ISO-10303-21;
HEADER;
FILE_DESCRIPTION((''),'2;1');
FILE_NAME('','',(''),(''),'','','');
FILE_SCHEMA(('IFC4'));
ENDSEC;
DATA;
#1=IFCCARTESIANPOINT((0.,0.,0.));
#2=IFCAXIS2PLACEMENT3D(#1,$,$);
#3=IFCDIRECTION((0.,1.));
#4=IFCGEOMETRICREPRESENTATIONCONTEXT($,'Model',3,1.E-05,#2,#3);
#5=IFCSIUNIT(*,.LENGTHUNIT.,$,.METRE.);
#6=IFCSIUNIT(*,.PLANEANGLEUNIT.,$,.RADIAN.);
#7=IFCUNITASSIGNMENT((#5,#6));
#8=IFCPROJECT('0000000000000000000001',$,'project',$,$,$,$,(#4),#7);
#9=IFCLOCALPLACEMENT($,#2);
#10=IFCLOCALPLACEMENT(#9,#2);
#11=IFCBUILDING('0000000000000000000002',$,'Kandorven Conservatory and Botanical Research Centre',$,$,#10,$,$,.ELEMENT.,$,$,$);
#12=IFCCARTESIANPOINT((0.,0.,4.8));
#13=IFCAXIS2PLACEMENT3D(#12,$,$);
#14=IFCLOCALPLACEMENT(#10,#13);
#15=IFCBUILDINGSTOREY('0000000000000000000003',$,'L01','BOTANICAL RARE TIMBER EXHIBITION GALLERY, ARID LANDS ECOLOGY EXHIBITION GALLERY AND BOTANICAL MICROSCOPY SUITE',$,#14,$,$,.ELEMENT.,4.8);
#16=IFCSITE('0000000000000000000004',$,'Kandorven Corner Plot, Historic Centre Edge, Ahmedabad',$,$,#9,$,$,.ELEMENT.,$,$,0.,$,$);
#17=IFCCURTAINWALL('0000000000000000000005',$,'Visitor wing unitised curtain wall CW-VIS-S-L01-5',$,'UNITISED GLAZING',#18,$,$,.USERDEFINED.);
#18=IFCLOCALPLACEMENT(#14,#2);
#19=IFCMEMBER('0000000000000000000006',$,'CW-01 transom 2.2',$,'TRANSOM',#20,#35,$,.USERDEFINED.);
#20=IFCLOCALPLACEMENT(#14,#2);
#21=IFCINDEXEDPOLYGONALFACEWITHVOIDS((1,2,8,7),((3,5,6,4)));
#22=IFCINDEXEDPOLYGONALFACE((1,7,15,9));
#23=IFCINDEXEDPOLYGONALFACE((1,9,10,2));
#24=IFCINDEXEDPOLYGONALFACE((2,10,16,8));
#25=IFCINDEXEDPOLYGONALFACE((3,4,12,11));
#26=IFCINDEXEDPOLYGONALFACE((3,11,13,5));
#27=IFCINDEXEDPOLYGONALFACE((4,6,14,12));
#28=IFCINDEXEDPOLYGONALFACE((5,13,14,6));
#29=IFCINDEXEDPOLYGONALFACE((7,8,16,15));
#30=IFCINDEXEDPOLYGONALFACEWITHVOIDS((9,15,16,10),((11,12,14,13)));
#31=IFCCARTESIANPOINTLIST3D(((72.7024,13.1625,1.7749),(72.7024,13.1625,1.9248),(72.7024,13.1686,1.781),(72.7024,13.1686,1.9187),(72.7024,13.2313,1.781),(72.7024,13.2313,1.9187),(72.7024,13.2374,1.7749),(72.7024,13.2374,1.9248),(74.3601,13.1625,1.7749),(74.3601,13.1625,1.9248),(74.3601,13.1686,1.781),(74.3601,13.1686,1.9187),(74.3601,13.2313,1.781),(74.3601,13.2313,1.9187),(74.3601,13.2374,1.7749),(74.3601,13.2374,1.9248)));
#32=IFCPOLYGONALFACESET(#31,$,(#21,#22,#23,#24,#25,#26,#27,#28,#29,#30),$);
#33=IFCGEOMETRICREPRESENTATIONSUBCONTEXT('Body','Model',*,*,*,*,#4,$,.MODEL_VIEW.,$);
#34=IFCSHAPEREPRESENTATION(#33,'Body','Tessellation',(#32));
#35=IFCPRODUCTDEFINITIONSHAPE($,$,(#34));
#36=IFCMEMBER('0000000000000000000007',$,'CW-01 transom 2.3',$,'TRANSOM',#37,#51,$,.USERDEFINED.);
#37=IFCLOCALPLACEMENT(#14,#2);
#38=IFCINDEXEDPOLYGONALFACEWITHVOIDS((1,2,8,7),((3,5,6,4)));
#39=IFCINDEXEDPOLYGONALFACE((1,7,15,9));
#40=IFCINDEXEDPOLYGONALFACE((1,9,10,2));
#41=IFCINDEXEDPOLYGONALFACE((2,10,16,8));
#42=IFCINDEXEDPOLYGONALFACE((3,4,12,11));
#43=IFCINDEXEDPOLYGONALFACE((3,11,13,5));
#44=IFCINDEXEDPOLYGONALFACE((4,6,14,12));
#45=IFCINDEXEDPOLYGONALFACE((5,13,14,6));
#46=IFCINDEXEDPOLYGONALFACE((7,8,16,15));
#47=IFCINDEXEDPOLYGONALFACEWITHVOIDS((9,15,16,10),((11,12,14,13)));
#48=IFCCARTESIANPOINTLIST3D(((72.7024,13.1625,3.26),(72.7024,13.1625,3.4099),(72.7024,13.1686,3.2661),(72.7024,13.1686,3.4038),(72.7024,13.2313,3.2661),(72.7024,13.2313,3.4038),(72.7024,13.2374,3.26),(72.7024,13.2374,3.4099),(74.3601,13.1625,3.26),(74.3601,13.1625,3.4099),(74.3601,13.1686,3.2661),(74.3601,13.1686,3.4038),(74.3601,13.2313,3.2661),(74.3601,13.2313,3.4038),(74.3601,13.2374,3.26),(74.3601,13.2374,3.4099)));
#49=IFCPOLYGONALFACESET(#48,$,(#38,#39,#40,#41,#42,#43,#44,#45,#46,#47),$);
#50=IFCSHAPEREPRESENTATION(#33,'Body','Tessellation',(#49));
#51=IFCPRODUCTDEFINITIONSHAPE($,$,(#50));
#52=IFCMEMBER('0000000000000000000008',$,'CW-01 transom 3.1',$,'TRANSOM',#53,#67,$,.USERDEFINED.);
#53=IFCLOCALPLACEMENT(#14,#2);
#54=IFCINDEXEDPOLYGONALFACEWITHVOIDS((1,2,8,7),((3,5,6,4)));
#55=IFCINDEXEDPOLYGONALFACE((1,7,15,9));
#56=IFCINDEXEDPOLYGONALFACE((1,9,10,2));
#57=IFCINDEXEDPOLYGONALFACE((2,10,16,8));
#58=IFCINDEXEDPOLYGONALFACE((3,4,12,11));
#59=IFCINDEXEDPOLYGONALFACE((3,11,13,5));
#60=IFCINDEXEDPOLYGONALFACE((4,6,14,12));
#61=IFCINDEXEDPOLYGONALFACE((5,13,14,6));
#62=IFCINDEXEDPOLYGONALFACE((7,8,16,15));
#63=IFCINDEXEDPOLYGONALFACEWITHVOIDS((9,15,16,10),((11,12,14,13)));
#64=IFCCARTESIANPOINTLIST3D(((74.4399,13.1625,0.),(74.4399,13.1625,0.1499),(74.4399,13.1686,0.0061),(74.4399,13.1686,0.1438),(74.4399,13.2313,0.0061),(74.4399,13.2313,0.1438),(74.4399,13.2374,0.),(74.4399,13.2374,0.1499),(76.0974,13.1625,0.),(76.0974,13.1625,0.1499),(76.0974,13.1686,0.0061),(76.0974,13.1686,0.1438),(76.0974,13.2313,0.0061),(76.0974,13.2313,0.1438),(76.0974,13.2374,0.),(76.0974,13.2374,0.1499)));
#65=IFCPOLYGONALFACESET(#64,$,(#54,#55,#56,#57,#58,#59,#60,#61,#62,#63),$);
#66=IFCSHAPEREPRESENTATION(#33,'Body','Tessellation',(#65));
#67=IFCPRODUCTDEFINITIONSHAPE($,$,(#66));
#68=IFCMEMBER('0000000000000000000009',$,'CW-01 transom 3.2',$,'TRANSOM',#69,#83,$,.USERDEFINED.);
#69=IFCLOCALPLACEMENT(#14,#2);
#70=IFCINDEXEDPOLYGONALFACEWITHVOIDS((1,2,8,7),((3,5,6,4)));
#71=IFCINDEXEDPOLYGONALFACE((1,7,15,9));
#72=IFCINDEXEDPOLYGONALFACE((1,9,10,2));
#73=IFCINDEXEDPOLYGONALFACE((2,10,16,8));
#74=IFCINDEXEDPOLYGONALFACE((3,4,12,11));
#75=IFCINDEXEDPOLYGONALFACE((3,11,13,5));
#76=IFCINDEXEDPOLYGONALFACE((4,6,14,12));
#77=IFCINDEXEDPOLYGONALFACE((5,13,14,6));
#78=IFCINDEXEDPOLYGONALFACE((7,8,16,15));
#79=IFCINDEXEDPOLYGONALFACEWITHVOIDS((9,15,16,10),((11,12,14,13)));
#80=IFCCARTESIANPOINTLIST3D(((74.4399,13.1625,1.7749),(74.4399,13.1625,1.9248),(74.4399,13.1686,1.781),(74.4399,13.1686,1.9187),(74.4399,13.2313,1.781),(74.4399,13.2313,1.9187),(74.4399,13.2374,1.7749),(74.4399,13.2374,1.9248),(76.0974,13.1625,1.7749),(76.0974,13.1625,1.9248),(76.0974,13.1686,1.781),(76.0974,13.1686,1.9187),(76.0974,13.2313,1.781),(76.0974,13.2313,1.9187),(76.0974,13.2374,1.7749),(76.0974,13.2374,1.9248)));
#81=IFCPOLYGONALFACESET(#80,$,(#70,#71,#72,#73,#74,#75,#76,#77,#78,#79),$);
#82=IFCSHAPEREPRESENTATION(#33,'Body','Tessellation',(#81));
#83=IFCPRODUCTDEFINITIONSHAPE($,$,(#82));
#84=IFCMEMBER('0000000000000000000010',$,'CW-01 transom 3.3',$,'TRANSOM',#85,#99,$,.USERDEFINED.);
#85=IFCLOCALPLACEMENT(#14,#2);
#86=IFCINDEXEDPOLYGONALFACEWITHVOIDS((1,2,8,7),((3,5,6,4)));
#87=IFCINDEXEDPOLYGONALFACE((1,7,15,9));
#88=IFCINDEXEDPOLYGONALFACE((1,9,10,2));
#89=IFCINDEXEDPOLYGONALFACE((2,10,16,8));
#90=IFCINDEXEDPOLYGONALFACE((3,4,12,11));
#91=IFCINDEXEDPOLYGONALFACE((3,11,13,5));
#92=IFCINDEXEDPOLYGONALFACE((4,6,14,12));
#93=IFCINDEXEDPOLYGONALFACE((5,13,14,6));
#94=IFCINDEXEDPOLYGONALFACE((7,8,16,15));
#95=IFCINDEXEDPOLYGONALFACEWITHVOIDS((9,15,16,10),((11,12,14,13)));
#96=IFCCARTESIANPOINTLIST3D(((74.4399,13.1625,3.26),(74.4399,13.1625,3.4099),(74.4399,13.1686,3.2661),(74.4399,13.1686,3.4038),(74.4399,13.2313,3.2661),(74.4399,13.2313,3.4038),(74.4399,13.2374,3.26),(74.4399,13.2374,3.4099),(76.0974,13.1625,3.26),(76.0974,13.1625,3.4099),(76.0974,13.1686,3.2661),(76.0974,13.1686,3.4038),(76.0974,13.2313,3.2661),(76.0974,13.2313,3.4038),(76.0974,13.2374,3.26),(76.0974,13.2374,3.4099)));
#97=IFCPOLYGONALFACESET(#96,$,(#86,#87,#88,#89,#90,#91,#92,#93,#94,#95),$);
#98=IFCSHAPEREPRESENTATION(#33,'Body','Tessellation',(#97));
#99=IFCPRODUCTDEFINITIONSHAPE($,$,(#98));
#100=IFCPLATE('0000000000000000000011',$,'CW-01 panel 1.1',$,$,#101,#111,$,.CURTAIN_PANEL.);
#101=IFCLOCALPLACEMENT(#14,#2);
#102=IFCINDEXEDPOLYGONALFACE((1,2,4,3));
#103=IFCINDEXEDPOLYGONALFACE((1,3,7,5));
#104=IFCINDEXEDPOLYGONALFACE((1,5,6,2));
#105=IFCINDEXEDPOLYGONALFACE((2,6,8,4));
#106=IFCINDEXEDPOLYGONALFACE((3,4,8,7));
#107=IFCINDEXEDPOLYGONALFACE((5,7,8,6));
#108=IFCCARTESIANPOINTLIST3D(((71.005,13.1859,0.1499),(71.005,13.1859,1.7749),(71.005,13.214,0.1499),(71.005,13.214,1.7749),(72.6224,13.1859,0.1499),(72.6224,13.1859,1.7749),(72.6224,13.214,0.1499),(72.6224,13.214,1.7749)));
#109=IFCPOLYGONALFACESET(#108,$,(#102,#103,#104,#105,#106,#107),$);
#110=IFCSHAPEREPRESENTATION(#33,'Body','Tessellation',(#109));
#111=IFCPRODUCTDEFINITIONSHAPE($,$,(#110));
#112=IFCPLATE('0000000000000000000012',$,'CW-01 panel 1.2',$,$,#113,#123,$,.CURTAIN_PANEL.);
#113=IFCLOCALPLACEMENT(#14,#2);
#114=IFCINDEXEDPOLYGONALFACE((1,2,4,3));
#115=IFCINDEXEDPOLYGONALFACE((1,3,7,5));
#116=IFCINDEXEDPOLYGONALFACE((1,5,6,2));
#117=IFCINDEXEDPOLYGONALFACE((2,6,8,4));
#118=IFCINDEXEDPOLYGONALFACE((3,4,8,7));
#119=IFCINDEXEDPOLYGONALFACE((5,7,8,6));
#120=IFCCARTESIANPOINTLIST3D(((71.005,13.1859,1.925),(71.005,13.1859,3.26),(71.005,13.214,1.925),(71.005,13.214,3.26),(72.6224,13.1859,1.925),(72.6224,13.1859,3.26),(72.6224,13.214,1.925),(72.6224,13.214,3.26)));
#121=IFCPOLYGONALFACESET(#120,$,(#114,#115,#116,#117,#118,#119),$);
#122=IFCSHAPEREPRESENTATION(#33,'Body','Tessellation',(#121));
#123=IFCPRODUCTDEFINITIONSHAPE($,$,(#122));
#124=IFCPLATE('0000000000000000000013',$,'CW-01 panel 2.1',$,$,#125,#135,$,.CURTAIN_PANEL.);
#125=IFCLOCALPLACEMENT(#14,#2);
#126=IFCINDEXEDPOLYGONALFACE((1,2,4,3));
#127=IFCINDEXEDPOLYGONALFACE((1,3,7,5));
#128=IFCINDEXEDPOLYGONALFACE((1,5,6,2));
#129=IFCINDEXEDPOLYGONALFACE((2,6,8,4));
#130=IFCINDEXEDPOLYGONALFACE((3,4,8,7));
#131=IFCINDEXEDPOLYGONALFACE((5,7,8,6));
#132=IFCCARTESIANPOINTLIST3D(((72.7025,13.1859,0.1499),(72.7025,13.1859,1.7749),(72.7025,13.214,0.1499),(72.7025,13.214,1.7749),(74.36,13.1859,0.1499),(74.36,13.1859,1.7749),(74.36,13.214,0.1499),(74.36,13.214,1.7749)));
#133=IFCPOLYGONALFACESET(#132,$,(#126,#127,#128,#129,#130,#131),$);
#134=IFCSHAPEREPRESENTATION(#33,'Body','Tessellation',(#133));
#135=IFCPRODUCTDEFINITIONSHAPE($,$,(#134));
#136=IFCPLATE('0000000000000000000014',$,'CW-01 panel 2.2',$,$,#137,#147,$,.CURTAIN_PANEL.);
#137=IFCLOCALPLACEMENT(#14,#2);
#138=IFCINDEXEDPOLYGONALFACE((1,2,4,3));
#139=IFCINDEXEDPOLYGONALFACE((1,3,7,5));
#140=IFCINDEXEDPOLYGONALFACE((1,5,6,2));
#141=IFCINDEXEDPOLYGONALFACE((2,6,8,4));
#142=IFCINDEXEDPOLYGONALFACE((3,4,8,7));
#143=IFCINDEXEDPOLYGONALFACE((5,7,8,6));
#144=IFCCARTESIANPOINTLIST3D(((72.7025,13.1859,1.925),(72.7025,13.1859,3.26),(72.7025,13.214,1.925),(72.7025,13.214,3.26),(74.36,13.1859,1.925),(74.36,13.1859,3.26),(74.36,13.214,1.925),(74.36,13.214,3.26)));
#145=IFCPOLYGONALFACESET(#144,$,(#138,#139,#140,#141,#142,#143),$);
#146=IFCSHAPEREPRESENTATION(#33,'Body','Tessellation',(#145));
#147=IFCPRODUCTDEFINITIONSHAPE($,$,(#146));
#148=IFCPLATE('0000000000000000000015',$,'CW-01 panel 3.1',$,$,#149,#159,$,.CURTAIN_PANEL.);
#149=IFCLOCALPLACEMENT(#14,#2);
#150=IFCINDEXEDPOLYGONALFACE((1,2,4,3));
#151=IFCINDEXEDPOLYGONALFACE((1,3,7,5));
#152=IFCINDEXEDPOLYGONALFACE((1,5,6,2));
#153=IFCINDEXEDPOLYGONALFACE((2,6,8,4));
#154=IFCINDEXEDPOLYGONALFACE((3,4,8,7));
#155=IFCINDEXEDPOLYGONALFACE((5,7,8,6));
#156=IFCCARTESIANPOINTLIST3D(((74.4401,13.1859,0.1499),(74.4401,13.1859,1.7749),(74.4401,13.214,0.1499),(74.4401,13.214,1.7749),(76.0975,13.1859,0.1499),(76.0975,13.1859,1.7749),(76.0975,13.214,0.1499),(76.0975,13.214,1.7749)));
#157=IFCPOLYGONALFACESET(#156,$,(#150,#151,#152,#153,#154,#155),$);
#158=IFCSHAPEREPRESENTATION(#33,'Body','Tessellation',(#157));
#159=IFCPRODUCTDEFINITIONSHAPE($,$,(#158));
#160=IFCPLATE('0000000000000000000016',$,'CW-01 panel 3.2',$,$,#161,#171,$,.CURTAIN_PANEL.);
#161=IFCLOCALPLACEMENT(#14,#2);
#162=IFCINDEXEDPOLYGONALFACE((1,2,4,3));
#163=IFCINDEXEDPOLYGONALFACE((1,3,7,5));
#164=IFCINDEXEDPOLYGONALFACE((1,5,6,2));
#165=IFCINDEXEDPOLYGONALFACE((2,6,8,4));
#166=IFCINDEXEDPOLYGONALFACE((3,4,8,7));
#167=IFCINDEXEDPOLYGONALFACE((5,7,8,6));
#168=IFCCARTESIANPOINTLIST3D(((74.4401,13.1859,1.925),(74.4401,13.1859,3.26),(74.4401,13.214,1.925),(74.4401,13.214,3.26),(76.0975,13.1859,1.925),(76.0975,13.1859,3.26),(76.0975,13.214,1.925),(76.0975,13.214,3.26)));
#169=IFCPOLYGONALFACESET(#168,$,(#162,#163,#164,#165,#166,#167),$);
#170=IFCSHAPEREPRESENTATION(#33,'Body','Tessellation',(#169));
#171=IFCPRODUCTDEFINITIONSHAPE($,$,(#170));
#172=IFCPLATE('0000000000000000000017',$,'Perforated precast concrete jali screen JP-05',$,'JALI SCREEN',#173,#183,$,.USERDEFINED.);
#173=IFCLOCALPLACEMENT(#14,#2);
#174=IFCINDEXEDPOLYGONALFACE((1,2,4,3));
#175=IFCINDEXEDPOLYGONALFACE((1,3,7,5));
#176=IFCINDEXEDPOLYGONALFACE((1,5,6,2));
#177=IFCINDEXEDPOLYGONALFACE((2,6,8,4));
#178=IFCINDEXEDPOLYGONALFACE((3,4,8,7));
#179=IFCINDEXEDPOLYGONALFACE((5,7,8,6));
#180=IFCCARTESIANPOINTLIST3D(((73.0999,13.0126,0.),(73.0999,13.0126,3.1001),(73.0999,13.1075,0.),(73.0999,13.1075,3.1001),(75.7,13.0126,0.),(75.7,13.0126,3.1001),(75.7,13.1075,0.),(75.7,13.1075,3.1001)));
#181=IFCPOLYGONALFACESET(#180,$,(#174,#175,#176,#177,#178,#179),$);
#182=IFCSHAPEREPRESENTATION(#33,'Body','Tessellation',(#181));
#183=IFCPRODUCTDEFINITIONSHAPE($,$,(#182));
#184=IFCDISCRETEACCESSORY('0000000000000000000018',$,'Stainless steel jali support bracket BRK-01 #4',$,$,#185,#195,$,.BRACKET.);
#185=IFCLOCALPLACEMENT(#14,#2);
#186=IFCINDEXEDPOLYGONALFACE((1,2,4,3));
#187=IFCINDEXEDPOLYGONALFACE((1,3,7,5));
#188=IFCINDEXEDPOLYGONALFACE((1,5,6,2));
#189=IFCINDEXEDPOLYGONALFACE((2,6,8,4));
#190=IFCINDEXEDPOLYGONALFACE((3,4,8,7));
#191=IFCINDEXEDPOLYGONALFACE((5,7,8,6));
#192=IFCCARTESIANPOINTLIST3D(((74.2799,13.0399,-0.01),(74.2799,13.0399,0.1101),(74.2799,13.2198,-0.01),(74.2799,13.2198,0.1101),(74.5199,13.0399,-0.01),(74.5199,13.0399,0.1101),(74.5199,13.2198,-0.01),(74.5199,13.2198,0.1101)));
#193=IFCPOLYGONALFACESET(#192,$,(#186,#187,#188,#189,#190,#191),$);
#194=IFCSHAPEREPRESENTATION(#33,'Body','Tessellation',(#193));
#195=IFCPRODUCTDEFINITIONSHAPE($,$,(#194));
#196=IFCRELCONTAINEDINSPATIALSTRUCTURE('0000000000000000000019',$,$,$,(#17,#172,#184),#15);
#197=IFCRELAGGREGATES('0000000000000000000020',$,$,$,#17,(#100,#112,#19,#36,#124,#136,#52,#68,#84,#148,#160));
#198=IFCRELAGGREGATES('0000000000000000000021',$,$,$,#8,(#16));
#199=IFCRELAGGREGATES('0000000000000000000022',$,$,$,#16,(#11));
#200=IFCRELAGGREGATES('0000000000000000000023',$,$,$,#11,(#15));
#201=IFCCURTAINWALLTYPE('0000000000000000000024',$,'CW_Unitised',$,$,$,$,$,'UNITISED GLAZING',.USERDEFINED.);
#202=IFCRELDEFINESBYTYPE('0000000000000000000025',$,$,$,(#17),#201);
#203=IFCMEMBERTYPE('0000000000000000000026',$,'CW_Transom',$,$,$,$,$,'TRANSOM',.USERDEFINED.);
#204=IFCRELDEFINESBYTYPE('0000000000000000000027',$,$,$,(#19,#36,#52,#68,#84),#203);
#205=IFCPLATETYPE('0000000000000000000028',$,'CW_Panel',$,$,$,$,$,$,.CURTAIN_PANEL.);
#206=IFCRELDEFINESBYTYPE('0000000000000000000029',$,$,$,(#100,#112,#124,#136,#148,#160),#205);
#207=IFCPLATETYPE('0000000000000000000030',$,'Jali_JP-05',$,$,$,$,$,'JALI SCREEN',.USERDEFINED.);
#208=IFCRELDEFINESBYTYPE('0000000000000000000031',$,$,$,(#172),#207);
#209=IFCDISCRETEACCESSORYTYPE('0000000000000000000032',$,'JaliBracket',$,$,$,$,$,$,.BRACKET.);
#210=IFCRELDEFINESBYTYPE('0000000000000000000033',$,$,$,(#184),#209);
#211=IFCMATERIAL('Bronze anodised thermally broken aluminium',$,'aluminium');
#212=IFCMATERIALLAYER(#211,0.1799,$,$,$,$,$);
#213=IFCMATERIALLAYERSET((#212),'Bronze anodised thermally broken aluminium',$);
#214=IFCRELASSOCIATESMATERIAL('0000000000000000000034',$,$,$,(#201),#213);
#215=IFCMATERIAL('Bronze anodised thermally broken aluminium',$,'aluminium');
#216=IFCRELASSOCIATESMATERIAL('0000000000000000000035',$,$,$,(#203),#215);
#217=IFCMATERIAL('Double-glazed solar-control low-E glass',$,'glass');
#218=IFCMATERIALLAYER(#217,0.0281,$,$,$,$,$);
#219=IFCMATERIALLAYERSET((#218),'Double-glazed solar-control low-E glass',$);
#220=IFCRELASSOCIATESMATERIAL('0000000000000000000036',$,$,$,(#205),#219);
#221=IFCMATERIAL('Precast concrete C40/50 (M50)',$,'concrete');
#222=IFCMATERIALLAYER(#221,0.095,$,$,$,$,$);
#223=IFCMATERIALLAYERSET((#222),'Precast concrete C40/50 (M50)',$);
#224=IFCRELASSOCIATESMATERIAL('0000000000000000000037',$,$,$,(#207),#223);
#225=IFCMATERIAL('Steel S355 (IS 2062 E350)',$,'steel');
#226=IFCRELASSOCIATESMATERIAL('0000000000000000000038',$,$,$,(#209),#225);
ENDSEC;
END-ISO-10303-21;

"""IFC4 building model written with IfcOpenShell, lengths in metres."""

from ifc_helpers import new_model, si_unit, direction, frame, origin, origin_2d, place, context, subcontext, project, spatial, rectangle, hollow_rectangle, extrude, material, layer, layer_set, material_profile, profile_set, type_object, element, aggregate, save


model = new_model("IFC4")

# Units and contexts
model_context = context("Model", 3, precision=1e-05, world=origin(), true_north=direction((0.0, 1.0)))
body_context = subcontext(model_context, "Body", "Model", "MODEL_VIEW")
ifc_project = project(units=[si_unit("LENGTHUNIT", "METRE"), si_unit("PLANEANGLEUNIT", "RADIAN")], contexts=[model_context])

# Site, building, storey
site_placement = place(None, origin())
site = spatial("IfcSite", under=ifc_project, at=site_placement, Name="Kandorven Corner Plot, Historic Centre Edge, Ahmedabad", CompositionType="ELEMENT", RefElevation=0.0)
building_placement = place(site_placement, origin())
building = spatial("IfcBuilding", under=site, at=building_placement, Name="Kandorven Conservatory and Botanical Research Centre", CompositionType="ELEMENT")
storey_placement = place(building_placement, frame((0.0, 0.0, 4.8)))
storey = spatial("IfcBuildingStorey", under=building, at=storey_placement, Name="L01", Description="BOTANICAL RARE TIMBER EXHIBITION GALLERY, ARID LANDS ECOLOGY EXHIBITION GALLERY AND BOTANICAL MICROSCOPY SUITE", CompositionType="ELEMENT", Elevation=4.8)

# Curtain wall, members, plates
ifc_material_1 = material(Name="Bronze anodised thermally broken aluminium", Category="aluminium")
ifc_layer_1 = layer(ifc_material_1, 0.1799)
ifc_layer_set_1 = layer_set([ifc_layer_1], Name="Bronze anodised thermally broken aluminium")
curtain_wall_type = type_object("IfcCurtainWallType", Name="CW_Unitised", ElementType="UNITISED GLAZING", PredefinedType="USERDEFINED", material=ifc_layer_set_1)
curtain_wall_placement = place(storey_placement, origin())
curtain_wall = element("IfcCurtainWall", 1, at=curtain_wall_placement, inside=storey, type_object=curtain_wall_type, Name="Visitor wing unitised curtain wall CW-VIS-S-L01-5", ObjectType="UNITISED GLAZING", PredefinedType="USERDEFINED")
ifc_material_2 = material(Name="Bronze anodised thermally broken aluminium", Category="aluminium")
ifc_material_profile_1 = material_profile(ifc_material_2, hollow_rectangle(XDim=0.075, YDim=0.1499, WallThickness=0.0061, at=origin_2d()))
ifc_profile_set_1 = profile_set([ifc_material_profile_1], Name="Bronze anodised thermally broken aluminium")
member_type_1 = type_object("IfcMemberType", Name="CW_Transom", ElementType="TRANSOM", PredefinedType="USERDEFINED", material=ifc_profile_set_1)
member_1_placement = place(storey_placement, frame((72.7024, 13.2, 1.8499), z_axis=(1.0, 0.0, 0.0), x_axis=(0.0, 1.0, 0.0)))
member_1 = element("IfcMember", 2, at=member_1_placement, type_object=member_type_1, Name="CW-01 transom 2.2", ObjectType="TRANSOM", PredefinedType="USERDEFINED", context=body_context, shape_type="SweptSolid", body=[
    extrude(hollow_rectangle(XDim=0.075, YDim=0.1499, WallThickness=0.0061, at=origin_2d()), origin(), (0.0, 0.0, 1.0), 1.6577),
])
member_2_placement = place(storey_placement, frame((72.7024, 13.2, 3.335), z_axis=(1.0, 0.0, 0.0), x_axis=(0.0, 1.0, 0.0)))
member_2 = element("IfcMember", 3, at=member_2_placement, type_object=member_type_1, Name="CW-01 transom 2.3", ObjectType="TRANSOM", PredefinedType="USERDEFINED", context=body_context, shape_type="SweptSolid", body=[
    extrude(hollow_rectangle(XDim=0.075, YDim=0.1499, WallThickness=0.0061, at=origin_2d()), origin(), (0.0, 0.0, 1.0), 1.6577),
])
member_3_placement = place(storey_placement, frame((74.4399, 13.2, 0.075), z_axis=(1.0, 0.0, 0.0), x_axis=(0.0, 1.0, 0.0)))
member_3 = element("IfcMember", 4, at=member_3_placement, type_object=member_type_1, Name="CW-01 transom 3.1", ObjectType="TRANSOM", PredefinedType="USERDEFINED", context=body_context, shape_type="SweptSolid", body=[
    extrude(hollow_rectangle(XDim=0.075, YDim=0.1499, WallThickness=0.0061, at=origin_2d()), origin(), (0.0, 0.0, 1.0), 1.6575),
])
member_4_placement = place(storey_placement, frame((74.4399, 13.2, 1.8499), z_axis=(1.0, 0.0, 0.0), x_axis=(0.0, 1.0, 0.0)))
member_4 = element("IfcMember", 5, at=member_4_placement, type_object=member_type_1, Name="CW-01 transom 3.2", ObjectType="TRANSOM", PredefinedType="USERDEFINED", context=body_context, shape_type="SweptSolid", body=[
    extrude(hollow_rectangle(XDim=0.075, YDim=0.1499, WallThickness=0.0061, at=origin_2d()), origin(), (0.0, 0.0, 1.0), 1.6575),
])
member_5_placement = place(storey_placement, frame((74.4399, 13.2, 3.335), z_axis=(1.0, 0.0, 0.0), x_axis=(0.0, 1.0, 0.0)))
member_5 = element("IfcMember", 6, at=member_5_placement, type_object=member_type_1, Name="CW-01 transom 3.3", ObjectType="TRANSOM", PredefinedType="USERDEFINED", context=body_context, shape_type="SweptSolid", body=[
    extrude(hollow_rectangle(XDim=0.075, YDim=0.1499, WallThickness=0.0061, at=origin_2d()), origin(), (0.0, 0.0, 1.0), 1.6575),
])
ifc_material_3 = material(Name="Double-glazed solar-control low-E glass", Category="glass")
ifc_layer_2 = layer(ifc_material_3, 0.0281)
ifc_layer_set_2 = layer_set([ifc_layer_2], Name="Double-glazed solar-control low-E glass")
plate_type_1 = type_object("IfcPlateType", Name="CW_Panel", PredefinedType="CURTAIN_PANEL", material=ifc_layer_set_2)
plate_1_placement = place(storey_placement, frame((71.8137, 13.2, 0.1499), z_axis=(0.0, 0.0, 1.0), x_axis=(1.0, 0.0, 0.0)))
plate_1 = element("IfcPlate", 7, at=plate_1_placement, type_object=plate_type_1, Name="CW-01 panel 1.1", PredefinedType="CURTAIN_PANEL", context=body_context, shape_type="SweptSolid", body=[
    extrude(rectangle(XDim=1.6174, YDim=0.0281, at=origin_2d()), origin(), (0.0, 0.0, 1.0), 1.625),
])
plate_2_placement = place(storey_placement, frame((71.8137, 13.2, 1.925), z_axis=(0.0, 0.0, 1.0), x_axis=(1.0, 0.0, 0.0)))
plate_2 = element("IfcPlate", 8, at=plate_2_placement, type_object=plate_type_1, Name="CW-01 panel 1.2", PredefinedType="CURTAIN_PANEL", context=body_context, shape_type="SweptSolid", body=[
    extrude(rectangle(XDim=1.6174, YDim=0.0281, at=origin_2d()), origin(), (0.0, 0.0, 1.0), 1.335),
])
plate_3_placement = place(storey_placement, frame((73.5312, 13.2, 0.1499), z_axis=(0.0, 0.0, 1.0), x_axis=(1.0, 0.0, 0.0)))
plate_3 = element("IfcPlate", 9, at=plate_3_placement, type_object=plate_type_1, Name="CW-01 panel 2.1", PredefinedType="CURTAIN_PANEL", context=body_context, shape_type="SweptSolid", body=[
    extrude(rectangle(XDim=1.6575, YDim=0.0281, at=origin_2d()), origin(), (0.0, 0.0, 1.0), 1.625),
])
plate_4_placement = place(storey_placement, frame((73.5312, 13.2, 1.925), z_axis=(0.0, 0.0, 1.0), x_axis=(1.0, 0.0, 0.0)))
plate_4 = element("IfcPlate", 10, at=plate_4_placement, type_object=plate_type_1, Name="CW-01 panel 2.2", PredefinedType="CURTAIN_PANEL", context=body_context, shape_type="SweptSolid", body=[
    extrude(rectangle(XDim=1.6575, YDim=0.0281, at=origin_2d()), origin(), (0.0, 0.0, 1.0), 1.335),
])
plate_5_placement = place(storey_placement, frame((75.2688, 13.2, 0.1499), z_axis=(0.0, 0.0, 1.0), x_axis=(1.0, 0.0, 0.0)))
plate_5 = element("IfcPlate", 11, at=plate_5_placement, type_object=plate_type_1, Name="CW-01 panel 3.1", PredefinedType="CURTAIN_PANEL", context=body_context, shape_type="SweptSolid", body=[
    extrude(rectangle(XDim=1.6575, YDim=0.0281, at=origin_2d()), origin(), (0.0, 0.0, 1.0), 1.625),
])
plate_6_placement = place(storey_placement, frame((75.2688, 13.2, 1.925), z_axis=(0.0, 0.0, 1.0), x_axis=(1.0, 0.0, 0.0)))
plate_6 = element("IfcPlate", 12, at=plate_6_placement, type_object=plate_type_1, Name="CW-01 panel 3.2", PredefinedType="CURTAIN_PANEL", context=body_context, shape_type="SweptSolid", body=[
    extrude(rectangle(XDim=1.6575, YDim=0.0281, at=origin_2d()), origin(), (0.0, 0.0, 1.0), 1.335),
])
aggregate(curtain_wall, [plate_1, plate_2, member_1, member_2, plate_3, plate_4, member_3, member_4, member_5, plate_5, plate_6])

# Plate
ifc_material_4 = material(Name="Precast concrete C40/50 (M50)", Category="concrete")
ifc_layer_3 = layer(ifc_material_4, 0.095)
ifc_layer_set_3 = layer_set([ifc_layer_3], Name="Precast concrete C40/50 (M50)")
plate_type_2 = type_object("IfcPlateType", Name="Jali_JP-05", ElementType="JALI SCREEN", PredefinedType="USERDEFINED", material=ifc_layer_set_3)
plate_7_placement = place(storey_placement, frame((74.3999, 13.0601, 0.0), z_axis=(0.0, 0.0, 1.0), x_axis=(1.0, 0.0, 0.0)))
element("IfcPlate", 13, at=plate_7_placement, inside=storey, type_object=plate_type_2, Name="Perforated precast concrete jali screen JP-05", ObjectType="JALI SCREEN", PredefinedType="USERDEFINED", context=body_context, shape_type="SweptSolid", body=[
    extrude(rectangle(XDim=2.6001, YDim=0.095, at=origin_2d()), origin(), (0.0, 0.0, 1.0), 3.1001),
])

# Discrete accessory
ifc_material_5 = material(Name="Steel S355 (IS 2062 E350)", Category="steel")
discrete_accessory_type = type_object("IfcDiscreteAccessoryType", Name="JaliBracket", PredefinedType="BRACKET", material=ifc_material_5)
discrete_accessory_placement = place(storey_placement, frame((74.3999, 13.1299, -0.01), z_axis=(0.0, 0.0, 1.0), x_axis=(1.0, 0.0, 0.0)))
element("IfcDiscreteAccessory", 14, at=discrete_accessory_placement, inside=storey, type_object=discrete_accessory_type, Name="Stainless steel jali support bracket BRK-01 #4", PredefinedType="BRACKET", context=body_context, shape_type="SweptSolid", body=[
    extrude(rectangle(XDim=0.24, YDim=0.1799, at=origin_2d()), origin(), (0.0, 0.0, 1.0), 0.1201),
])

save(model, "model.ifc")
